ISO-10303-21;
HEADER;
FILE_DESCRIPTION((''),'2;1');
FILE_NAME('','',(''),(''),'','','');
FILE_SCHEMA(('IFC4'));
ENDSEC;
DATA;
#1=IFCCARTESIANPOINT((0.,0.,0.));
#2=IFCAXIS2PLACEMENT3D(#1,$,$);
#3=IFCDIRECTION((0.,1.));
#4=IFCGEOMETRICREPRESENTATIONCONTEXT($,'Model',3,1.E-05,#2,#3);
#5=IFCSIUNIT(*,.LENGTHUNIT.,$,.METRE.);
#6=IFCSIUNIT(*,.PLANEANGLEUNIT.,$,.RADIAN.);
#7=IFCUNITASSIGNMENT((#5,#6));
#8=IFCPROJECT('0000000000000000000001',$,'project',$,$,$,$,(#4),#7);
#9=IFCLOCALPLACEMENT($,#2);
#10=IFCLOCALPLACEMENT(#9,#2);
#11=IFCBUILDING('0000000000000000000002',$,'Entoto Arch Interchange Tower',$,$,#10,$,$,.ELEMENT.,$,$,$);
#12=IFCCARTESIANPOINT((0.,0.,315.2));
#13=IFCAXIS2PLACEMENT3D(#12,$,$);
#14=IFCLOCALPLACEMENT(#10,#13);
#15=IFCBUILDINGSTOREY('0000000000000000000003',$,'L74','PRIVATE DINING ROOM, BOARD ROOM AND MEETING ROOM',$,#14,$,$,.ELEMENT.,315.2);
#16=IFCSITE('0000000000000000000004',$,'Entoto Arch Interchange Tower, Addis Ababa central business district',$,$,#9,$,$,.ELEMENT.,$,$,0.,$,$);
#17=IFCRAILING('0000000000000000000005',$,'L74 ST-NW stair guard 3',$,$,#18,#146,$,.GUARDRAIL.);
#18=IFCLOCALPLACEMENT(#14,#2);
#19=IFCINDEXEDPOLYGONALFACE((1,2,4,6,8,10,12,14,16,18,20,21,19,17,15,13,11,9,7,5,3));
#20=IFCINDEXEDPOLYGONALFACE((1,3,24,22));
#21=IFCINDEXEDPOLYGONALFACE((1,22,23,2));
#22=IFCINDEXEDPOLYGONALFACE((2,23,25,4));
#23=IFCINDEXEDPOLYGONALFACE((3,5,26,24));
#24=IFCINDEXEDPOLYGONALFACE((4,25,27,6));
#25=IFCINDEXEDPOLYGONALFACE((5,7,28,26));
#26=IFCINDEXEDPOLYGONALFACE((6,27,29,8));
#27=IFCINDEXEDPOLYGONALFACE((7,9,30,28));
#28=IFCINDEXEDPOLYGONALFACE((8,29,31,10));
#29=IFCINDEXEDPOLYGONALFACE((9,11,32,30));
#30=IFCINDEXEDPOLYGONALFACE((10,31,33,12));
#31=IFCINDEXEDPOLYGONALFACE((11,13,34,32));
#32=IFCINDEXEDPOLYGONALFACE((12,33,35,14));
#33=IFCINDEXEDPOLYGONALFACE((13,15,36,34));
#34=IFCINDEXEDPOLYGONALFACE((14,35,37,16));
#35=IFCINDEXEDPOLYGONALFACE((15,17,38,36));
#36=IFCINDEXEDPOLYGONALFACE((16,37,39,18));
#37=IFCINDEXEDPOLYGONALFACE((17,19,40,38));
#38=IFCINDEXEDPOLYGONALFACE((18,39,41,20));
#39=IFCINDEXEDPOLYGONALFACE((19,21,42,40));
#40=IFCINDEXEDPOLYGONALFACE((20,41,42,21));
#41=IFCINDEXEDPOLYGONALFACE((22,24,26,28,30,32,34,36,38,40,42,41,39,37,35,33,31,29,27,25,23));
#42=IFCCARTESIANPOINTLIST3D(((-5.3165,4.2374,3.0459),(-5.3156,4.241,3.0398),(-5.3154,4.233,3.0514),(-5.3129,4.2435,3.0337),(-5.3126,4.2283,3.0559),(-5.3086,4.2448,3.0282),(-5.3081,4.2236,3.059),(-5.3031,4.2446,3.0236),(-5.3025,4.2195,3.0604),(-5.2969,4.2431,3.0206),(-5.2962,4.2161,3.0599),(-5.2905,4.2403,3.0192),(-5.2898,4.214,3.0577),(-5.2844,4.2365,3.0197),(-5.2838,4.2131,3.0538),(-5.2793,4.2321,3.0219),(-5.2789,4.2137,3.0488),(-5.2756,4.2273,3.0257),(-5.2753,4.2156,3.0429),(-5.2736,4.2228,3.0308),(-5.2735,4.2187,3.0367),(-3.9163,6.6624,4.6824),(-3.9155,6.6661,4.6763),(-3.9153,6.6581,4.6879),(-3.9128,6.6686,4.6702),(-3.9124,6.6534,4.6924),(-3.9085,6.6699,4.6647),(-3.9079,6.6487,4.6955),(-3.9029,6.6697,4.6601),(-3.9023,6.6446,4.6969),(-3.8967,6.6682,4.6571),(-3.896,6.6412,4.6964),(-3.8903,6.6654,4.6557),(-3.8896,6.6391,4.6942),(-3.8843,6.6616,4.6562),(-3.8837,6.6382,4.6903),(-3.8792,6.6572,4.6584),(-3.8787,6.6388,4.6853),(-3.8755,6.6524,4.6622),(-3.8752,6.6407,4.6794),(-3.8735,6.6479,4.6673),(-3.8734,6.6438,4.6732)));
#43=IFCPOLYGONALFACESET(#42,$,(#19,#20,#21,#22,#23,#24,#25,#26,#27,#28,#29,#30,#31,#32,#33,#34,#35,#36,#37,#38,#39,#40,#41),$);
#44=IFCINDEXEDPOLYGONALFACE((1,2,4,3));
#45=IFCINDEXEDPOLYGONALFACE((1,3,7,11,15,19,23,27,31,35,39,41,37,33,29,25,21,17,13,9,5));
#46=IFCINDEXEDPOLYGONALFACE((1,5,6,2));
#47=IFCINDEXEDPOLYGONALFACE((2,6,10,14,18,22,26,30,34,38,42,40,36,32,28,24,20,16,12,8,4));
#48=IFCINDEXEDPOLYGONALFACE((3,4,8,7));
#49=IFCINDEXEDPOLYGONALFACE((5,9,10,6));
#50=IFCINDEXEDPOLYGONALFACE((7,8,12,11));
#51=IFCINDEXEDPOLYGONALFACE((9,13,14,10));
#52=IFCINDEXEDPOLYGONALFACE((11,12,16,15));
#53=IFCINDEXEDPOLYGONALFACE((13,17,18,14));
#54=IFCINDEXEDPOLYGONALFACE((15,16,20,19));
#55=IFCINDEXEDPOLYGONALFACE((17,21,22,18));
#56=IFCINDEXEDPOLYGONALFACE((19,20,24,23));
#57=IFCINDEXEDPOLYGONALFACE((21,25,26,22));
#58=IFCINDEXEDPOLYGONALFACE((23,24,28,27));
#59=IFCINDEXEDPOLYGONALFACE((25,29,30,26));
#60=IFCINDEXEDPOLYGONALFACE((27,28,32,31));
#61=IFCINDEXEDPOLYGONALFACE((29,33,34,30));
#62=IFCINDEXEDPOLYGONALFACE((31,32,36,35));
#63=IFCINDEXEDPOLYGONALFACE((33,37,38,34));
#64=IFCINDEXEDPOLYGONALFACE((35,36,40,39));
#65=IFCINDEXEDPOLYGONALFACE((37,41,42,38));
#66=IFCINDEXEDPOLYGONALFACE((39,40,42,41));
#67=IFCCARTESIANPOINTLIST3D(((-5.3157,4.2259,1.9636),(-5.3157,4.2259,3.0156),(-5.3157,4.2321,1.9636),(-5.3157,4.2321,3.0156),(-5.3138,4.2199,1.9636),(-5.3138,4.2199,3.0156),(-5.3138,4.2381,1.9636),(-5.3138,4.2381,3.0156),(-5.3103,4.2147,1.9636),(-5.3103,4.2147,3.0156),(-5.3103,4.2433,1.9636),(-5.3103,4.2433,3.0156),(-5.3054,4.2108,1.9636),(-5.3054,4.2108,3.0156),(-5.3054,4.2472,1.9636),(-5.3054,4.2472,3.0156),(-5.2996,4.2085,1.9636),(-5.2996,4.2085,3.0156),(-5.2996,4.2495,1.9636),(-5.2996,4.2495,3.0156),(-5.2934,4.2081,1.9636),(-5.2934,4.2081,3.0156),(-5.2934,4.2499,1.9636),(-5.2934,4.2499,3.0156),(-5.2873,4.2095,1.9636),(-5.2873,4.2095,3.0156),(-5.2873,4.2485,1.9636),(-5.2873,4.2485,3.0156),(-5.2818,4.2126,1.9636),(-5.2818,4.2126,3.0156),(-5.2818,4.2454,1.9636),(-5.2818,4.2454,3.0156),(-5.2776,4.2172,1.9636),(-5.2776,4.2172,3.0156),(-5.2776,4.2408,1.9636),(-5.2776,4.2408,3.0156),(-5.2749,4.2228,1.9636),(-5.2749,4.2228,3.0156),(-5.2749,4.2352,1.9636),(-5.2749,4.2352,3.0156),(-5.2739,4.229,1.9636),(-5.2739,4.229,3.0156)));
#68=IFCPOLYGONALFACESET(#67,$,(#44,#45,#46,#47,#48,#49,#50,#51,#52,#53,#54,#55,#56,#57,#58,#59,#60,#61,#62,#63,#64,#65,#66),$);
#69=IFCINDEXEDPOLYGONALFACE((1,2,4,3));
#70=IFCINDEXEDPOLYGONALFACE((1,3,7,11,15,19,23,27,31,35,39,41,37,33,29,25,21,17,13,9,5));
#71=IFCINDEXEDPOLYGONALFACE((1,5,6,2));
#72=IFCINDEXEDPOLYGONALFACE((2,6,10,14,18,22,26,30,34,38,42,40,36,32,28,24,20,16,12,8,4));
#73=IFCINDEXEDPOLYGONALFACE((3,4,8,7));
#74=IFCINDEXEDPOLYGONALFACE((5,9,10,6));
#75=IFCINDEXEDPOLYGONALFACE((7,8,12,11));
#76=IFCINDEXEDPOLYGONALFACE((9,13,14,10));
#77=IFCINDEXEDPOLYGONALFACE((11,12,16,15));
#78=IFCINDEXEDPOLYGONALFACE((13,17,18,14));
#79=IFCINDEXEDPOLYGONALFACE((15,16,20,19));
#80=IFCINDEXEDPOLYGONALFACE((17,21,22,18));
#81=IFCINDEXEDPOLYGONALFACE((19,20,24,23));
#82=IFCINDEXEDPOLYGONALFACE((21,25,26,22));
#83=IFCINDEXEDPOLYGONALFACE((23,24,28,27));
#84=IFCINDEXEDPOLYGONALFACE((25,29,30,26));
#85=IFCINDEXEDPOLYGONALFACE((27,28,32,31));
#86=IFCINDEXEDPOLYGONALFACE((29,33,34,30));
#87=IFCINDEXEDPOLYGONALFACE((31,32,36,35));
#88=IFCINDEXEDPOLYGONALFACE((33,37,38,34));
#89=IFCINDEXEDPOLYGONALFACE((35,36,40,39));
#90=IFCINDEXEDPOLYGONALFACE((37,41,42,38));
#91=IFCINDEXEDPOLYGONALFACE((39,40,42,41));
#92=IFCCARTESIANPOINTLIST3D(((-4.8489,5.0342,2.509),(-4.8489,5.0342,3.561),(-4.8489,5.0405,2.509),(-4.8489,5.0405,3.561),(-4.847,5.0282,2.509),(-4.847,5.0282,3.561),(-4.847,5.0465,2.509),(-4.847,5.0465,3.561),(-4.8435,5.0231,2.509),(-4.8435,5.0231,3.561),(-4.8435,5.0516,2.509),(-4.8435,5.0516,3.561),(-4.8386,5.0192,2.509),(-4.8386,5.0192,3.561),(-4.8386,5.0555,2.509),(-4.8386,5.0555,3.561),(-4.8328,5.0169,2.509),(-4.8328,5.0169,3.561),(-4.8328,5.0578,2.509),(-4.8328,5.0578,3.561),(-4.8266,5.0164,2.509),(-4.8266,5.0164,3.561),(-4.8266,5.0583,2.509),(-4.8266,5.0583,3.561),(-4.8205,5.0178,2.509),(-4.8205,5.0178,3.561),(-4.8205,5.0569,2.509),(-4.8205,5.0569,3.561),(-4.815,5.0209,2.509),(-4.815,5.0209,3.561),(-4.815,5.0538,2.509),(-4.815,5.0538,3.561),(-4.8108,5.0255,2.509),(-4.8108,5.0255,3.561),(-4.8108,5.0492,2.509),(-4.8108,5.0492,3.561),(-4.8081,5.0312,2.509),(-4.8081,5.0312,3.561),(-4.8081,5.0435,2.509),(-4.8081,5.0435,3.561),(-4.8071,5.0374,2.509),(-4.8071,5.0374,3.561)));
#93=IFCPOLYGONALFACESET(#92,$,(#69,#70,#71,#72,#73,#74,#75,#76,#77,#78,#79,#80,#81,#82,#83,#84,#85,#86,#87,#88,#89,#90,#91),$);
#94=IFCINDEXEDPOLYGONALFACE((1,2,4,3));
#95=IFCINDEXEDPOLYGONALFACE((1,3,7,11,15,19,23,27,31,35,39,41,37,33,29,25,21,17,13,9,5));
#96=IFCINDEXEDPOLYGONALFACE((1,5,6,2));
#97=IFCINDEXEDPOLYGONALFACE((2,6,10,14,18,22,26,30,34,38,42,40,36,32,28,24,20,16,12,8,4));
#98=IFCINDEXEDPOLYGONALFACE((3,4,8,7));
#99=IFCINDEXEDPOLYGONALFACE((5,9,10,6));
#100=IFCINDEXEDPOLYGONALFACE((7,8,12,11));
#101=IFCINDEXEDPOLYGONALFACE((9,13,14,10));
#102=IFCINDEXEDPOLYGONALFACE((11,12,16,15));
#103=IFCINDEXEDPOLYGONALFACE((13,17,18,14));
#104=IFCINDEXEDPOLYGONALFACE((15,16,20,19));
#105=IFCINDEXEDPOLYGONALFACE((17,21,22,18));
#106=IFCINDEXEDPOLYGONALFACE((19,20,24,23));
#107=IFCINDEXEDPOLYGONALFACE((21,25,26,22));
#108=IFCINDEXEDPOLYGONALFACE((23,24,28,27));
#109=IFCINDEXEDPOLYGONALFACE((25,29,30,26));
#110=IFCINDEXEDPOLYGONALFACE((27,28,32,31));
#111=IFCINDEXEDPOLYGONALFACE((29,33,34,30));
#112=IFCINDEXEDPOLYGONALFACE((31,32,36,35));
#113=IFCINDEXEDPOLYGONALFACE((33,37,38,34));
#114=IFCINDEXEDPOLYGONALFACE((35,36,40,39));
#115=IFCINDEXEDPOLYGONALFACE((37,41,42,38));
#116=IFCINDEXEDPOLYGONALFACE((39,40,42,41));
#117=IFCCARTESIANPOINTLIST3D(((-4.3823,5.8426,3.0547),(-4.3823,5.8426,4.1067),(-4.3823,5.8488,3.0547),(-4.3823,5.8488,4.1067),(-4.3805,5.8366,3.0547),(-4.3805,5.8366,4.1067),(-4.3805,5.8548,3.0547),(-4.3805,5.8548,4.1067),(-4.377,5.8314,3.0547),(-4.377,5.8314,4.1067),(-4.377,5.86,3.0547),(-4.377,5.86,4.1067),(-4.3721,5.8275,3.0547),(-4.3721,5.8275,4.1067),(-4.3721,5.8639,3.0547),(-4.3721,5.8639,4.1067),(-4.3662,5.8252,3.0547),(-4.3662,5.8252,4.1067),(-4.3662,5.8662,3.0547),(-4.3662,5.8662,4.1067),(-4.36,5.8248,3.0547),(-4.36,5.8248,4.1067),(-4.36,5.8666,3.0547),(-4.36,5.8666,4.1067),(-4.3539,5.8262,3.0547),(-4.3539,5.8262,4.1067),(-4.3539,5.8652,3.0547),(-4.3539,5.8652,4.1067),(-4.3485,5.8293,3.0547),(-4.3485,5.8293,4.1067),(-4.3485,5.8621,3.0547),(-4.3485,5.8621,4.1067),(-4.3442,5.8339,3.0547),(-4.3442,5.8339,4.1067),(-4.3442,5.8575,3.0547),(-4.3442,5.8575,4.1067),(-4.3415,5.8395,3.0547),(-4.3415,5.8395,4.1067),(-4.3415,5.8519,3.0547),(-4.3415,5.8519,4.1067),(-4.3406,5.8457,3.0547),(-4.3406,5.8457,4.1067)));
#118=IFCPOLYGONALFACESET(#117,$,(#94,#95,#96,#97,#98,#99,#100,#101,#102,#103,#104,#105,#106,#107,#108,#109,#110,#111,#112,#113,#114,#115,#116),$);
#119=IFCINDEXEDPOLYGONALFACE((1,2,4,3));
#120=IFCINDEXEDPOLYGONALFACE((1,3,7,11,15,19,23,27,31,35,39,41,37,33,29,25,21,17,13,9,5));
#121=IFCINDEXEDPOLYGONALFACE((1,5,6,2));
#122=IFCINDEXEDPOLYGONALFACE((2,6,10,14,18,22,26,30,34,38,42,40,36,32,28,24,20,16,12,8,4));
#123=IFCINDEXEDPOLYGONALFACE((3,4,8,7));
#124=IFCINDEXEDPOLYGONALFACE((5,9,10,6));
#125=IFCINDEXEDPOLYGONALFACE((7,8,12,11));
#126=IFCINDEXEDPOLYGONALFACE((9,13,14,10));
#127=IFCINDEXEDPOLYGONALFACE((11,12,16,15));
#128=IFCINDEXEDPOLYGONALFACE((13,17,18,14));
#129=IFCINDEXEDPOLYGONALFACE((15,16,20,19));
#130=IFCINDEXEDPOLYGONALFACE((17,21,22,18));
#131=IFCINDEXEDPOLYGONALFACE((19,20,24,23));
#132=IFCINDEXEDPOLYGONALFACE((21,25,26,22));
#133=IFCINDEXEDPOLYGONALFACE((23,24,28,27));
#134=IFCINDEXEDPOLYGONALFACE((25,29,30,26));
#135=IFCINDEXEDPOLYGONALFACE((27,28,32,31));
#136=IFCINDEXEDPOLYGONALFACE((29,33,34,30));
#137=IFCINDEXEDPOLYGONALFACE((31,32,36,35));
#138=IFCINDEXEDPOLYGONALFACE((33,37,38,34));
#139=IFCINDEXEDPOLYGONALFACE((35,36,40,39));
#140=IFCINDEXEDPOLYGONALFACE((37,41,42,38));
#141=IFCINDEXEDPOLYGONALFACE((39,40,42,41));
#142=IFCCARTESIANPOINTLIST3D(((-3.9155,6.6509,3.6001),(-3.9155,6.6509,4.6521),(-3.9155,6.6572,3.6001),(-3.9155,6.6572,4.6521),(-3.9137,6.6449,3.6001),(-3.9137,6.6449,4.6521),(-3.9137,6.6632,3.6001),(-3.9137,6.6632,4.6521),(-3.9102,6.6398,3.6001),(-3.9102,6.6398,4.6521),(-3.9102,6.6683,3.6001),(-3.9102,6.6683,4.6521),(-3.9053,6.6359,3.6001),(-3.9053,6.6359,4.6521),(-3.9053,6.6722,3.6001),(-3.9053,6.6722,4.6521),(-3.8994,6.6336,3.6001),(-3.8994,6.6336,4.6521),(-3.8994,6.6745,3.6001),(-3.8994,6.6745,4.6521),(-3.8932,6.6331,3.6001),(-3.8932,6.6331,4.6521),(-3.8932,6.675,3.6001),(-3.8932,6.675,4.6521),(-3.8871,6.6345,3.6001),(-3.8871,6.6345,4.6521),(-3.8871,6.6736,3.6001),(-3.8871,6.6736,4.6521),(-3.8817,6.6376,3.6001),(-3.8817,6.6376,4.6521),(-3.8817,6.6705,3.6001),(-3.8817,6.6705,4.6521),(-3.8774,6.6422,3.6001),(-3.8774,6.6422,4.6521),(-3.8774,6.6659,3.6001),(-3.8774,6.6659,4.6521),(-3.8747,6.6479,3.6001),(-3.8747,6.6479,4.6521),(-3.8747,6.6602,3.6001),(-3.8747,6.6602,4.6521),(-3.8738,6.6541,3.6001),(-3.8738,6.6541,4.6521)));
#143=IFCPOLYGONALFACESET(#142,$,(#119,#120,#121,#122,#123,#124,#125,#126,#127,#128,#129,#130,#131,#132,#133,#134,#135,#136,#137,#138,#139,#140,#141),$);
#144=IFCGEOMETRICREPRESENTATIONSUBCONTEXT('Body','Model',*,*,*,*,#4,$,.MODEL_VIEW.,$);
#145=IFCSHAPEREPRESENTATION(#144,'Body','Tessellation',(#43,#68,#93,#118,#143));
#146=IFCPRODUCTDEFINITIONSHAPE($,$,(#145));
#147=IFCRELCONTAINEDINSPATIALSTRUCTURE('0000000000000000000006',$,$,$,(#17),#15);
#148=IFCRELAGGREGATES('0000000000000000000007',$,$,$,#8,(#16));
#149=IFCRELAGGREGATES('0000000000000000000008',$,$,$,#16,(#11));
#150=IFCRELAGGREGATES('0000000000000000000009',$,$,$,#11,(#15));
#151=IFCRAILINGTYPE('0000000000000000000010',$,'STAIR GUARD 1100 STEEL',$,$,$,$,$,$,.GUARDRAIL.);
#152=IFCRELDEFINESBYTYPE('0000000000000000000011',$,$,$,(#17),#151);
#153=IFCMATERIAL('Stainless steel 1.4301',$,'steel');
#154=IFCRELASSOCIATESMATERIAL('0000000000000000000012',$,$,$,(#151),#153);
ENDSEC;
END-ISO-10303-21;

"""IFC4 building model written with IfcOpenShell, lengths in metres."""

from ifc_helpers import new_model, si_unit, direction, frame, origin, origin_2d, place, context, subcontext, project, spatial, circle, extrude, material, type_object, element, save


model = new_model("IFC4")

# Units and contexts
model_context = context("Model", 3, precision=1e-05, world=origin(), true_north=direction((0.0, 1.0)))
body_context = subcontext(model_context, "Body", "Model", "MODEL_VIEW")
ifc_project = project(units=[si_unit("LENGTHUNIT", "METRE"), si_unit("PLANEANGLEUNIT", "RADIAN")], contexts=[model_context])

# Site, building, storey
site_placement = place(None, origin())
site = spatial("IfcSite", under=ifc_project, at=site_placement, Name="Entoto Arch Interchange Tower, Addis Ababa central business district", CompositionType="ELEMENT", RefElevation=0.0)
building_placement = place(site_placement, origin())
building = spatial("IfcBuilding", under=site, at=building_placement, Name="Entoto Arch Interchange Tower", CompositionType="ELEMENT")
storey_placement = place(building_placement, frame((0.0, 0.0, 315.2)))
storey = spatial("IfcBuildingStorey", under=building, at=storey_placement, Name="L74", Description="PRIVATE DINING ROOM, BOARD ROOM AND MEETING ROOM", CompositionType="ELEMENT", Elevation=315.2)

# Railing
ifc_material_1 = material(Name="Stainless steel 1.4301", Category="steel")
railing_type_1 = type_object("IfcRailingType", Name="STAIR GUARD 1100 STEEL", PredefinedType="GUARDRAIL", material=ifc_material_1)
railing_1_placement = place(storey_placement, frame((-5.2949, 4.229, 1.9636)))
element("IfcRailing", 1, at=railing_1_placement, inside=storey, type_object=railing_type_1, Name="L74 ST-NW stair guard 3", PredefinedType="GUARDRAIL", context=body_context, shape_type="SweptSolid", body=[
    extrude(circle(Radius=0.0239, at=origin_2d()), frame((0.0, 0.0, 1.0762), z_axis=(0.431698, 0.747699, 0.504563), x_axis=(-0.866019, 0.500012, 0.0)), (0.0, 0.0, 1.0), 3.2434),
    extrude(circle(Radius=0.021, at=origin_2d()), origin(), (0.0, 0.0, 1.0), 1.052),
    extrude(circle(Radius=0.021, at=origin_2d()), frame((0.4668, 0.8083, 0.5454)), (0.0, 0.0, 1.0), 1.052),
    extrude(circle(Radius=0.021, at=origin_2d()), frame((0.9333, 1.6167, 1.0911)), (0.0, 0.0, 1.0), 1.052),
    extrude(circle(Radius=0.021, at=origin_2d()), frame((1.4001, 2.425, 1.6365)), (0.0, 0.0, 1.0), 1.052),
])

save(model, "model.ifc")
